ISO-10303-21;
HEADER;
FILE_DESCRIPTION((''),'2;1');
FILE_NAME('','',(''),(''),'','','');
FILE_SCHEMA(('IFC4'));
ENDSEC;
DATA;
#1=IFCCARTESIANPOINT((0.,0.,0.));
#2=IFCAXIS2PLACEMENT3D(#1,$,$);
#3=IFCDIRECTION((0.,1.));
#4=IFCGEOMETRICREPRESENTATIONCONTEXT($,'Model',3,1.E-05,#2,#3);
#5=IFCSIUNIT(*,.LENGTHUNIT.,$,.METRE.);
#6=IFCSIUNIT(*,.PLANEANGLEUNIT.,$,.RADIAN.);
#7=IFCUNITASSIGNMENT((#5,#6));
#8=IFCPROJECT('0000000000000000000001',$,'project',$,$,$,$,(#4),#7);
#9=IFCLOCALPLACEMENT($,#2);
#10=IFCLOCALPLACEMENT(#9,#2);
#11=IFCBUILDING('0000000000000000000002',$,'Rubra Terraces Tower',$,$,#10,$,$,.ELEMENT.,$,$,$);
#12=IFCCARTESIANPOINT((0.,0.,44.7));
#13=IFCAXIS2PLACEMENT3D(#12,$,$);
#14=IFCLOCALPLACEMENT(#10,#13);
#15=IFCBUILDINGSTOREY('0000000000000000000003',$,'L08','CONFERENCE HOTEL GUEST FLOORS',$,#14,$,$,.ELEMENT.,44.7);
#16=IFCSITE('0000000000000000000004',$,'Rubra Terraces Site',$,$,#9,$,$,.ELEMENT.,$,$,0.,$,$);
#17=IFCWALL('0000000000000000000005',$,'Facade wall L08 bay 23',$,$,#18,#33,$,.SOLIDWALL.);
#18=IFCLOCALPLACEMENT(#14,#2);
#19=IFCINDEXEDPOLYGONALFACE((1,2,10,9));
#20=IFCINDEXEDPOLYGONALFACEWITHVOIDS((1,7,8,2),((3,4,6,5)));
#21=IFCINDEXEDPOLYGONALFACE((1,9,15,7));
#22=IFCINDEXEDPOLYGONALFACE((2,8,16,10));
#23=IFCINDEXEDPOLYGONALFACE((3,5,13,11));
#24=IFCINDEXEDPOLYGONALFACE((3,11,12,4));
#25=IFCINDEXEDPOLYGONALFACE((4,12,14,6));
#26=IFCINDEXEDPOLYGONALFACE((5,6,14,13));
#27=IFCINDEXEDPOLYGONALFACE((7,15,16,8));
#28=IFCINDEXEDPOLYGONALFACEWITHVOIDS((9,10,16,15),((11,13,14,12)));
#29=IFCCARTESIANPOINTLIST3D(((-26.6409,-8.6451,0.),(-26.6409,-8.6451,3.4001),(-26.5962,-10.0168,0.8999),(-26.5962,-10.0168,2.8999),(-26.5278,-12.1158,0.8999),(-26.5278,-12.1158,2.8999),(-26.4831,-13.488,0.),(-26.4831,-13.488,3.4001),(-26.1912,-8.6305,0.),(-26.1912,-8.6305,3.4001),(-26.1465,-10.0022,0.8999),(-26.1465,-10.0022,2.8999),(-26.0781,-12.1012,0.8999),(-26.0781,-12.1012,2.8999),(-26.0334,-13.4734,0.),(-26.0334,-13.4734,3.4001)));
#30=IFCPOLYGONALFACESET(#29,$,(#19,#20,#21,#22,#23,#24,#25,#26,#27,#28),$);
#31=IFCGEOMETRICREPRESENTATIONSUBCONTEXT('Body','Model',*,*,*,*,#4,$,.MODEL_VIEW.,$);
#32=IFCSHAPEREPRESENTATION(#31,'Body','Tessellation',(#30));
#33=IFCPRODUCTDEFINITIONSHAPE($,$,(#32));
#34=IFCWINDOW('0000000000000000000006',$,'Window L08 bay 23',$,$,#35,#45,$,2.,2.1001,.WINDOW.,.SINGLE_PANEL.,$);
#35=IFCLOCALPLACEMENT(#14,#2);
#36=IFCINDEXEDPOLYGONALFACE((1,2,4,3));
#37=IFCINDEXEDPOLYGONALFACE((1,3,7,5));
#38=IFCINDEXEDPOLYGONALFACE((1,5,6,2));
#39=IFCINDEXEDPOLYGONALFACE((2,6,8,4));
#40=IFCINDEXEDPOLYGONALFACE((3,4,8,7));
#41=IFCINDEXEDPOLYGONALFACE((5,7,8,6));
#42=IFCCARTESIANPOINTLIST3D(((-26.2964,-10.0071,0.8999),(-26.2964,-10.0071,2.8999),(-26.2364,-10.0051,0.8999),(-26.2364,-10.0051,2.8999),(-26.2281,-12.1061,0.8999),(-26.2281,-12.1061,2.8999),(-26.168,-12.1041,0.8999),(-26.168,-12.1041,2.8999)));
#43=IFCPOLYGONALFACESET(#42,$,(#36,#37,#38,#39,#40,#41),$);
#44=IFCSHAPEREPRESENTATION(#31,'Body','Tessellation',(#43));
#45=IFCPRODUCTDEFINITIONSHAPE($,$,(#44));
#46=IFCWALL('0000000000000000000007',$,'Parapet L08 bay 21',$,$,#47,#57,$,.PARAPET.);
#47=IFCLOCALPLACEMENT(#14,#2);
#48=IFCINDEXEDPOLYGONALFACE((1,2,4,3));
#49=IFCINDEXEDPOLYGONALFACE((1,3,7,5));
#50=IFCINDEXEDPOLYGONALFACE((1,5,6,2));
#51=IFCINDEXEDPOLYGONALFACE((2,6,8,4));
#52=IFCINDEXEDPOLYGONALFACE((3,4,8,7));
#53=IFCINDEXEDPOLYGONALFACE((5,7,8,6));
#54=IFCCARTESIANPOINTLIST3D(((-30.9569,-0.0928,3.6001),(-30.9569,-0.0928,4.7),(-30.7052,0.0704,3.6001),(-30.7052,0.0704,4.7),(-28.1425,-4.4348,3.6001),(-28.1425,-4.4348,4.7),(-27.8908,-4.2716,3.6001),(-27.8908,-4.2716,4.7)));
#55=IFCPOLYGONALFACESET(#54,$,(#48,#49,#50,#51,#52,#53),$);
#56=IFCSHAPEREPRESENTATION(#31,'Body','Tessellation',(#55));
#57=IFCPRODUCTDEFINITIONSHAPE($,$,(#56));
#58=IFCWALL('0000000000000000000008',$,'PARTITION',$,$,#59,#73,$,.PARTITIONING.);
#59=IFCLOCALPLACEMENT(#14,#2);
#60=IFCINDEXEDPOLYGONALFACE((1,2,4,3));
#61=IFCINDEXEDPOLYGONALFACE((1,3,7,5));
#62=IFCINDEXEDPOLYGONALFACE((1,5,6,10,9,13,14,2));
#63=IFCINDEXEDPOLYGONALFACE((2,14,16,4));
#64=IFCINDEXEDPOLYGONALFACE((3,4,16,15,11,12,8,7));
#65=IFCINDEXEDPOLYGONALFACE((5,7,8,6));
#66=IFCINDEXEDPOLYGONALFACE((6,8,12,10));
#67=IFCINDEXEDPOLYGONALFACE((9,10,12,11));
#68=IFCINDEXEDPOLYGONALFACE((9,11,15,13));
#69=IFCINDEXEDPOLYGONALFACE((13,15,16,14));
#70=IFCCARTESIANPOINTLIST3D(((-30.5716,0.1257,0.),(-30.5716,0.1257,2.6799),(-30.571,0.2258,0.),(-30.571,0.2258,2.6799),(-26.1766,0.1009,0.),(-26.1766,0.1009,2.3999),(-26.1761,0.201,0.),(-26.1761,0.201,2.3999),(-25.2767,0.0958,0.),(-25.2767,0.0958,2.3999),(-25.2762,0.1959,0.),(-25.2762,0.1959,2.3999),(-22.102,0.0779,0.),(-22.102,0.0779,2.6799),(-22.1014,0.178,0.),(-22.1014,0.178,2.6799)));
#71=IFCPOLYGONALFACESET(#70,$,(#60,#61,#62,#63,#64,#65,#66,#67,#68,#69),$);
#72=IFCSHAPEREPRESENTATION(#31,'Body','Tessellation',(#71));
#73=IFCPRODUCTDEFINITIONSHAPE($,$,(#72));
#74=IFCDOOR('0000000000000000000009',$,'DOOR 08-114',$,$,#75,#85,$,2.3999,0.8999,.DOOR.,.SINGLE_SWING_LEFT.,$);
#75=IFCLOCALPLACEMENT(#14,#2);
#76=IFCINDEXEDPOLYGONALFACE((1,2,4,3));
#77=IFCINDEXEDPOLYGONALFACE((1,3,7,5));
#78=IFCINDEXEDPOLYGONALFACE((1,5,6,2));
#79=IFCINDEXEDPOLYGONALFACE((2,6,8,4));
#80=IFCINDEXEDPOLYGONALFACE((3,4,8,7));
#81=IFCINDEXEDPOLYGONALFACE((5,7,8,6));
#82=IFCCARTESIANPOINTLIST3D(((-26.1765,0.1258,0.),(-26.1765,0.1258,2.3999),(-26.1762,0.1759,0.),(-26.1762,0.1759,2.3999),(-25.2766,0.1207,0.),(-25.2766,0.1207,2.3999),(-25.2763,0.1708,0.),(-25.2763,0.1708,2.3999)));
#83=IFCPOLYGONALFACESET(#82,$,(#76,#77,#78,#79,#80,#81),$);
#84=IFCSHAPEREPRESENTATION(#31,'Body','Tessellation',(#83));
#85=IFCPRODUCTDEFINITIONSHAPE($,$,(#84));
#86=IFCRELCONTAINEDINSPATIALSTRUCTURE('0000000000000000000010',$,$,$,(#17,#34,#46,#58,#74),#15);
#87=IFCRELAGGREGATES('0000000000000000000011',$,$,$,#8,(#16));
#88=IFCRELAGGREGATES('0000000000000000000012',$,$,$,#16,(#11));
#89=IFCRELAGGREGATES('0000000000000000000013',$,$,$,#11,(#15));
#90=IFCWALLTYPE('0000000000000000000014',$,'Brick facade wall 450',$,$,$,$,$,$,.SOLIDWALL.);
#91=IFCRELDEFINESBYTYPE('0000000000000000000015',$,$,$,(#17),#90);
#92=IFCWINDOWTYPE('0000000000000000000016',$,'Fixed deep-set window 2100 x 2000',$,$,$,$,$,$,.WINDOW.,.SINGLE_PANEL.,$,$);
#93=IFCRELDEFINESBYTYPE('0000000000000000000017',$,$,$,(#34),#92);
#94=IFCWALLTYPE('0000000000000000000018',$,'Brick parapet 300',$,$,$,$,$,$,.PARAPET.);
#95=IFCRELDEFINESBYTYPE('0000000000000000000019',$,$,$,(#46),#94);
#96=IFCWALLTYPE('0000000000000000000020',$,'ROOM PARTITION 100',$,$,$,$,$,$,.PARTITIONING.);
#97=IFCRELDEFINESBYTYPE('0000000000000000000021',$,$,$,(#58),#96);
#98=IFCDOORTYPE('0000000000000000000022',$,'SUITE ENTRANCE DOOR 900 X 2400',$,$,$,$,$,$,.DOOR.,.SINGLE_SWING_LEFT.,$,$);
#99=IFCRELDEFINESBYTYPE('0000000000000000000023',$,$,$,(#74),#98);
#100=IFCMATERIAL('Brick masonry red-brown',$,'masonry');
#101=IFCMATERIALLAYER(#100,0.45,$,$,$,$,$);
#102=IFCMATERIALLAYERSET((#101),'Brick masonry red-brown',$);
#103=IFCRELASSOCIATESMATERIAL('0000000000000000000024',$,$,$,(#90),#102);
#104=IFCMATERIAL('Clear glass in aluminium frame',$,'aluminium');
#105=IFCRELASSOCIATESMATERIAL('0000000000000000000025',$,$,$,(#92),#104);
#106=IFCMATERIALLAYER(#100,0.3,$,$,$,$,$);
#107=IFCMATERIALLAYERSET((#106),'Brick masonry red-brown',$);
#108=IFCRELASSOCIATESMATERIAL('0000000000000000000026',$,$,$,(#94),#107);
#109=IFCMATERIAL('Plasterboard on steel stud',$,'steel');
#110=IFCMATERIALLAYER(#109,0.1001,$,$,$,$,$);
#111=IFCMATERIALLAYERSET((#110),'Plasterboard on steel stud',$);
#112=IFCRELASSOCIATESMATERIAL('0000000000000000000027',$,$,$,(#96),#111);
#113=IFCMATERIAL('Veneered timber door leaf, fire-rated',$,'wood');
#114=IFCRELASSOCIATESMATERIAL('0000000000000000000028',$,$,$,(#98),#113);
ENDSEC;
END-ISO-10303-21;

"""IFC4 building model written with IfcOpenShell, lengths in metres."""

from ifc_helpers import new_model, si_unit, direction, frame, frame_2d, origin, place, context, subcontext, project, spatial, rectangle, extrude, material, layer, layer_set, type_object, element, fill, save


model = new_model("IFC4")

# Units and contexts
model_context = context("Model", 3, precision=1e-05, world=origin(), true_north=direction((0.0, 1.0)))
body_context = subcontext(model_context, "Body", "Model", "MODEL_VIEW")
ifc_project = project(units=[si_unit("LENGTHUNIT", "METRE"), si_unit("PLANEANGLEUNIT", "RADIAN")], contexts=[model_context])

# Site, building, storey
site_placement = place(None, origin())
site = spatial("IfcSite", under=ifc_project, at=site_placement, Name="Rubra Terraces Site", CompositionType="ELEMENT", RefElevation=0.0)
building_placement = place(site_placement, origin())
building = spatial("IfcBuilding", under=site, at=building_placement, Name="Rubra Terraces Tower", CompositionType="ELEMENT")
storey_placement = place(building_placement, frame((0.0, 0.0, 44.7)))
storey = spatial("IfcBuildingStorey", under=building, at=storey_placement, Name="L08", Description="CONFERENCE HOTEL GUEST FLOORS", CompositionType="ELEMENT", Elevation=44.7)

# Wall, opening, window
ifc_material_1 = material(Name="Brick masonry red-brown", Category="masonry")
ifc_layer_1 = layer(ifc_material_1, 0.45)
ifc_layer_set_1 = layer_set([ifc_layer_1], Name="Brick masonry red-brown")
wall_type_1 = type_object("IfcWallType", Name="Brick facade wall 450", PredefinedType="SOLIDWALL", material=ifc_layer_set_1)
ifc_material_2 = material(Name="Clear glass in aluminium frame", Category="aluminium")
window_type = type_object("IfcWindowType", Name="Fixed deep-set window 2100 x 2000", PartitioningType="SINGLE_PANEL", PredefinedType="WINDOW", material=ifc_material_2)
wall_1_placement = place(storey_placement, frame((-26.416, -8.6377, 0.0), z_axis=(0.0, 0.0, 1.0), x_axis=(0.03255, -0.99947, 0.0)))
wall_1 = element("IfcWall", 1, at=wall_1_placement, inside=storey, type_object=wall_type_1, Name="Facade wall L08 bay 23", PredefinedType="SOLIDWALL", context=body_context, shape_type="SweptSolid", body=[
    extrude(rectangle(XDim=4.8455, YDim=0.45, at=frame_2d((2.4229, 0.0))), origin(), (0.0, 0.0, 1.0), 3.4001),
])
opening_1_placement = place(wall_1_placement, frame((1.3726, 0.0, 0.8999)))
opening_1 = element("IfcOpeningElement", 2, at=opening_1_placement, cuts=wall_1, PredefinedType="OPENING", context=body_context, shape_type="SweptSolid", body=[
    extrude(rectangle(XDim=2.1001, YDim=2.0, at=frame_2d((1.05, 1.0))), frame((0.0, 0.2349, 0.0), z_axis=(0.0, -1.0, 0.0), x_axis=(1.0, 0.0, 0.0)), (0.0, 0.0, 1.0), 0.47),
])
window_1_placement = place(opening_1_placement, origin())
window_1 = element("IfcWindow", 3, at=window_1_placement, inside=storey, type_object=window_type, Name="Window L08 bay 23", OverallHeight=2.0, OverallWidth=2.1001, PartitioningType="SINGLE_PANEL", PredefinedType="WINDOW", context=body_context, shape_type="SweptSolid", body=[
    extrude(rectangle(XDim=2.1001, YDim=2.0, at=frame_2d((1.05, 1.0))), frame((0.0, 0.135, 0.0), z_axis=(0.0, -1.0, 0.0), x_axis=(1.0, 0.0, 0.0)), (0.0, 0.0, 1.0), 0.0601),
])
fill(opening_1, window_1)

# Wall
ifc_layer_2 = layer(ifc_material_1, 0.3)
ifc_layer_set_2 = layer_set([ifc_layer_2], Name="Brick masonry red-brown")
wall_type_2 = type_object("IfcWallType", Name="Brick parapet 300", PredefinedType="PARAPET", material=ifc_layer_set_2)
wall_2_placement = place(storey_placement, frame((-30.8311, -0.0112, 3.6001), z_axis=(0.0, 0.0, 1.0), x_axis=(0.543918, -0.839138, 0.0)))
element("IfcWall", 4, at=wall_2_placement, inside=storey, type_object=wall_type_2, Name="Parapet L08 bay 21", PredefinedType="PARAPET", context=body_context, shape_type="SweptSolid", body=[
    extrude(rectangle(XDim=5.1743, YDim=0.3, at=frame_2d((2.5872, 0.0))), origin(), (0.0, 0.0, 1.0), 1.0999),
])

# Wall, opening, door
ifc_material_3 = material(Name="Plasterboard on steel stud", Category="steel")
ifc_layer_3 = layer(ifc_material_3, 0.1001)
ifc_layer_set_3 = layer_set([ifc_layer_3], Name="Plasterboard on steel stud")
wall_type_3 = type_object("IfcWallType", Name="ROOM PARTITION 100", PredefinedType="PARTITIONING", material=ifc_layer_set_3)
wall_3_placement = place(storey_placement, frame((-30.5713, 0.1758, 0.0), z_axis=(0.0, 0.0, 1.0), x_axis=(0.999984, -0.00565, 0.0)))
wall_3 = element("IfcWall", 5, at=wall_3_placement, inside=storey, type_object=wall_type_3, Name="PARTITION", PredefinedType="PARTITIONING", context=body_context, shape_type="SweptSolid", body=[
    extrude(rectangle(XDim=8.4697, YDim=0.1001, at=frame_2d((4.2349, 0.0))), origin(), (0.0, 0.0, 1.0), 2.6799),
])
opening_2_placement = place(wall_3_placement, frame((4.395, 0.0, 0.0)))
opening_2 = element("IfcOpeningElement", 6, at=opening_2_placement, cuts=wall_3, PredefinedType="OPENING", context=body_context, shape_type="SweptSolid", body=[
    extrude(rectangle(XDim=0.8999, YDim=2.3999, at=frame_2d((0.45, 1.2))), frame((0.0, 0.0601, 0.0), z_axis=(0.0, -1.0, 0.0), x_axis=(1.0, 0.0, 0.0)), (0.0, 0.0, 1.0), 0.1201),
])
ifc_material_4 = material(Name="Veneered timber door leaf, fire-rated", Category="wood")
door_type = type_object("IfcDoorType", Name="SUITE ENTRANCE DOOR 900 X 2400", OperationType="SINGLE_SWING_LEFT", PredefinedType="DOOR", material=ifc_material_4)
door_placement = place(opening_2_placement, origin())
door = element("IfcDoor", 7, at=door_placement, inside=storey, type_object=door_type, Name="DOOR 08-114", OperationType="SINGLE_SWING_LEFT", OverallHeight=2.3999, OverallWidth=0.8999, PredefinedType="DOOR", context=body_context, shape_type="SweptSolid", body=[
    extrude(rectangle(XDim=0.8999, YDim=2.3999, at=frame_2d((0.45, 1.2))), frame((0.0, 0.0249, 0.0), z_axis=(0.0, -1.0, 0.0), x_axis=(1.0, 0.0, 0.0)), (0.0, 0.0, 1.0), 0.05),
])
fill(opening_2, door)

save(model, "model.ifc")
